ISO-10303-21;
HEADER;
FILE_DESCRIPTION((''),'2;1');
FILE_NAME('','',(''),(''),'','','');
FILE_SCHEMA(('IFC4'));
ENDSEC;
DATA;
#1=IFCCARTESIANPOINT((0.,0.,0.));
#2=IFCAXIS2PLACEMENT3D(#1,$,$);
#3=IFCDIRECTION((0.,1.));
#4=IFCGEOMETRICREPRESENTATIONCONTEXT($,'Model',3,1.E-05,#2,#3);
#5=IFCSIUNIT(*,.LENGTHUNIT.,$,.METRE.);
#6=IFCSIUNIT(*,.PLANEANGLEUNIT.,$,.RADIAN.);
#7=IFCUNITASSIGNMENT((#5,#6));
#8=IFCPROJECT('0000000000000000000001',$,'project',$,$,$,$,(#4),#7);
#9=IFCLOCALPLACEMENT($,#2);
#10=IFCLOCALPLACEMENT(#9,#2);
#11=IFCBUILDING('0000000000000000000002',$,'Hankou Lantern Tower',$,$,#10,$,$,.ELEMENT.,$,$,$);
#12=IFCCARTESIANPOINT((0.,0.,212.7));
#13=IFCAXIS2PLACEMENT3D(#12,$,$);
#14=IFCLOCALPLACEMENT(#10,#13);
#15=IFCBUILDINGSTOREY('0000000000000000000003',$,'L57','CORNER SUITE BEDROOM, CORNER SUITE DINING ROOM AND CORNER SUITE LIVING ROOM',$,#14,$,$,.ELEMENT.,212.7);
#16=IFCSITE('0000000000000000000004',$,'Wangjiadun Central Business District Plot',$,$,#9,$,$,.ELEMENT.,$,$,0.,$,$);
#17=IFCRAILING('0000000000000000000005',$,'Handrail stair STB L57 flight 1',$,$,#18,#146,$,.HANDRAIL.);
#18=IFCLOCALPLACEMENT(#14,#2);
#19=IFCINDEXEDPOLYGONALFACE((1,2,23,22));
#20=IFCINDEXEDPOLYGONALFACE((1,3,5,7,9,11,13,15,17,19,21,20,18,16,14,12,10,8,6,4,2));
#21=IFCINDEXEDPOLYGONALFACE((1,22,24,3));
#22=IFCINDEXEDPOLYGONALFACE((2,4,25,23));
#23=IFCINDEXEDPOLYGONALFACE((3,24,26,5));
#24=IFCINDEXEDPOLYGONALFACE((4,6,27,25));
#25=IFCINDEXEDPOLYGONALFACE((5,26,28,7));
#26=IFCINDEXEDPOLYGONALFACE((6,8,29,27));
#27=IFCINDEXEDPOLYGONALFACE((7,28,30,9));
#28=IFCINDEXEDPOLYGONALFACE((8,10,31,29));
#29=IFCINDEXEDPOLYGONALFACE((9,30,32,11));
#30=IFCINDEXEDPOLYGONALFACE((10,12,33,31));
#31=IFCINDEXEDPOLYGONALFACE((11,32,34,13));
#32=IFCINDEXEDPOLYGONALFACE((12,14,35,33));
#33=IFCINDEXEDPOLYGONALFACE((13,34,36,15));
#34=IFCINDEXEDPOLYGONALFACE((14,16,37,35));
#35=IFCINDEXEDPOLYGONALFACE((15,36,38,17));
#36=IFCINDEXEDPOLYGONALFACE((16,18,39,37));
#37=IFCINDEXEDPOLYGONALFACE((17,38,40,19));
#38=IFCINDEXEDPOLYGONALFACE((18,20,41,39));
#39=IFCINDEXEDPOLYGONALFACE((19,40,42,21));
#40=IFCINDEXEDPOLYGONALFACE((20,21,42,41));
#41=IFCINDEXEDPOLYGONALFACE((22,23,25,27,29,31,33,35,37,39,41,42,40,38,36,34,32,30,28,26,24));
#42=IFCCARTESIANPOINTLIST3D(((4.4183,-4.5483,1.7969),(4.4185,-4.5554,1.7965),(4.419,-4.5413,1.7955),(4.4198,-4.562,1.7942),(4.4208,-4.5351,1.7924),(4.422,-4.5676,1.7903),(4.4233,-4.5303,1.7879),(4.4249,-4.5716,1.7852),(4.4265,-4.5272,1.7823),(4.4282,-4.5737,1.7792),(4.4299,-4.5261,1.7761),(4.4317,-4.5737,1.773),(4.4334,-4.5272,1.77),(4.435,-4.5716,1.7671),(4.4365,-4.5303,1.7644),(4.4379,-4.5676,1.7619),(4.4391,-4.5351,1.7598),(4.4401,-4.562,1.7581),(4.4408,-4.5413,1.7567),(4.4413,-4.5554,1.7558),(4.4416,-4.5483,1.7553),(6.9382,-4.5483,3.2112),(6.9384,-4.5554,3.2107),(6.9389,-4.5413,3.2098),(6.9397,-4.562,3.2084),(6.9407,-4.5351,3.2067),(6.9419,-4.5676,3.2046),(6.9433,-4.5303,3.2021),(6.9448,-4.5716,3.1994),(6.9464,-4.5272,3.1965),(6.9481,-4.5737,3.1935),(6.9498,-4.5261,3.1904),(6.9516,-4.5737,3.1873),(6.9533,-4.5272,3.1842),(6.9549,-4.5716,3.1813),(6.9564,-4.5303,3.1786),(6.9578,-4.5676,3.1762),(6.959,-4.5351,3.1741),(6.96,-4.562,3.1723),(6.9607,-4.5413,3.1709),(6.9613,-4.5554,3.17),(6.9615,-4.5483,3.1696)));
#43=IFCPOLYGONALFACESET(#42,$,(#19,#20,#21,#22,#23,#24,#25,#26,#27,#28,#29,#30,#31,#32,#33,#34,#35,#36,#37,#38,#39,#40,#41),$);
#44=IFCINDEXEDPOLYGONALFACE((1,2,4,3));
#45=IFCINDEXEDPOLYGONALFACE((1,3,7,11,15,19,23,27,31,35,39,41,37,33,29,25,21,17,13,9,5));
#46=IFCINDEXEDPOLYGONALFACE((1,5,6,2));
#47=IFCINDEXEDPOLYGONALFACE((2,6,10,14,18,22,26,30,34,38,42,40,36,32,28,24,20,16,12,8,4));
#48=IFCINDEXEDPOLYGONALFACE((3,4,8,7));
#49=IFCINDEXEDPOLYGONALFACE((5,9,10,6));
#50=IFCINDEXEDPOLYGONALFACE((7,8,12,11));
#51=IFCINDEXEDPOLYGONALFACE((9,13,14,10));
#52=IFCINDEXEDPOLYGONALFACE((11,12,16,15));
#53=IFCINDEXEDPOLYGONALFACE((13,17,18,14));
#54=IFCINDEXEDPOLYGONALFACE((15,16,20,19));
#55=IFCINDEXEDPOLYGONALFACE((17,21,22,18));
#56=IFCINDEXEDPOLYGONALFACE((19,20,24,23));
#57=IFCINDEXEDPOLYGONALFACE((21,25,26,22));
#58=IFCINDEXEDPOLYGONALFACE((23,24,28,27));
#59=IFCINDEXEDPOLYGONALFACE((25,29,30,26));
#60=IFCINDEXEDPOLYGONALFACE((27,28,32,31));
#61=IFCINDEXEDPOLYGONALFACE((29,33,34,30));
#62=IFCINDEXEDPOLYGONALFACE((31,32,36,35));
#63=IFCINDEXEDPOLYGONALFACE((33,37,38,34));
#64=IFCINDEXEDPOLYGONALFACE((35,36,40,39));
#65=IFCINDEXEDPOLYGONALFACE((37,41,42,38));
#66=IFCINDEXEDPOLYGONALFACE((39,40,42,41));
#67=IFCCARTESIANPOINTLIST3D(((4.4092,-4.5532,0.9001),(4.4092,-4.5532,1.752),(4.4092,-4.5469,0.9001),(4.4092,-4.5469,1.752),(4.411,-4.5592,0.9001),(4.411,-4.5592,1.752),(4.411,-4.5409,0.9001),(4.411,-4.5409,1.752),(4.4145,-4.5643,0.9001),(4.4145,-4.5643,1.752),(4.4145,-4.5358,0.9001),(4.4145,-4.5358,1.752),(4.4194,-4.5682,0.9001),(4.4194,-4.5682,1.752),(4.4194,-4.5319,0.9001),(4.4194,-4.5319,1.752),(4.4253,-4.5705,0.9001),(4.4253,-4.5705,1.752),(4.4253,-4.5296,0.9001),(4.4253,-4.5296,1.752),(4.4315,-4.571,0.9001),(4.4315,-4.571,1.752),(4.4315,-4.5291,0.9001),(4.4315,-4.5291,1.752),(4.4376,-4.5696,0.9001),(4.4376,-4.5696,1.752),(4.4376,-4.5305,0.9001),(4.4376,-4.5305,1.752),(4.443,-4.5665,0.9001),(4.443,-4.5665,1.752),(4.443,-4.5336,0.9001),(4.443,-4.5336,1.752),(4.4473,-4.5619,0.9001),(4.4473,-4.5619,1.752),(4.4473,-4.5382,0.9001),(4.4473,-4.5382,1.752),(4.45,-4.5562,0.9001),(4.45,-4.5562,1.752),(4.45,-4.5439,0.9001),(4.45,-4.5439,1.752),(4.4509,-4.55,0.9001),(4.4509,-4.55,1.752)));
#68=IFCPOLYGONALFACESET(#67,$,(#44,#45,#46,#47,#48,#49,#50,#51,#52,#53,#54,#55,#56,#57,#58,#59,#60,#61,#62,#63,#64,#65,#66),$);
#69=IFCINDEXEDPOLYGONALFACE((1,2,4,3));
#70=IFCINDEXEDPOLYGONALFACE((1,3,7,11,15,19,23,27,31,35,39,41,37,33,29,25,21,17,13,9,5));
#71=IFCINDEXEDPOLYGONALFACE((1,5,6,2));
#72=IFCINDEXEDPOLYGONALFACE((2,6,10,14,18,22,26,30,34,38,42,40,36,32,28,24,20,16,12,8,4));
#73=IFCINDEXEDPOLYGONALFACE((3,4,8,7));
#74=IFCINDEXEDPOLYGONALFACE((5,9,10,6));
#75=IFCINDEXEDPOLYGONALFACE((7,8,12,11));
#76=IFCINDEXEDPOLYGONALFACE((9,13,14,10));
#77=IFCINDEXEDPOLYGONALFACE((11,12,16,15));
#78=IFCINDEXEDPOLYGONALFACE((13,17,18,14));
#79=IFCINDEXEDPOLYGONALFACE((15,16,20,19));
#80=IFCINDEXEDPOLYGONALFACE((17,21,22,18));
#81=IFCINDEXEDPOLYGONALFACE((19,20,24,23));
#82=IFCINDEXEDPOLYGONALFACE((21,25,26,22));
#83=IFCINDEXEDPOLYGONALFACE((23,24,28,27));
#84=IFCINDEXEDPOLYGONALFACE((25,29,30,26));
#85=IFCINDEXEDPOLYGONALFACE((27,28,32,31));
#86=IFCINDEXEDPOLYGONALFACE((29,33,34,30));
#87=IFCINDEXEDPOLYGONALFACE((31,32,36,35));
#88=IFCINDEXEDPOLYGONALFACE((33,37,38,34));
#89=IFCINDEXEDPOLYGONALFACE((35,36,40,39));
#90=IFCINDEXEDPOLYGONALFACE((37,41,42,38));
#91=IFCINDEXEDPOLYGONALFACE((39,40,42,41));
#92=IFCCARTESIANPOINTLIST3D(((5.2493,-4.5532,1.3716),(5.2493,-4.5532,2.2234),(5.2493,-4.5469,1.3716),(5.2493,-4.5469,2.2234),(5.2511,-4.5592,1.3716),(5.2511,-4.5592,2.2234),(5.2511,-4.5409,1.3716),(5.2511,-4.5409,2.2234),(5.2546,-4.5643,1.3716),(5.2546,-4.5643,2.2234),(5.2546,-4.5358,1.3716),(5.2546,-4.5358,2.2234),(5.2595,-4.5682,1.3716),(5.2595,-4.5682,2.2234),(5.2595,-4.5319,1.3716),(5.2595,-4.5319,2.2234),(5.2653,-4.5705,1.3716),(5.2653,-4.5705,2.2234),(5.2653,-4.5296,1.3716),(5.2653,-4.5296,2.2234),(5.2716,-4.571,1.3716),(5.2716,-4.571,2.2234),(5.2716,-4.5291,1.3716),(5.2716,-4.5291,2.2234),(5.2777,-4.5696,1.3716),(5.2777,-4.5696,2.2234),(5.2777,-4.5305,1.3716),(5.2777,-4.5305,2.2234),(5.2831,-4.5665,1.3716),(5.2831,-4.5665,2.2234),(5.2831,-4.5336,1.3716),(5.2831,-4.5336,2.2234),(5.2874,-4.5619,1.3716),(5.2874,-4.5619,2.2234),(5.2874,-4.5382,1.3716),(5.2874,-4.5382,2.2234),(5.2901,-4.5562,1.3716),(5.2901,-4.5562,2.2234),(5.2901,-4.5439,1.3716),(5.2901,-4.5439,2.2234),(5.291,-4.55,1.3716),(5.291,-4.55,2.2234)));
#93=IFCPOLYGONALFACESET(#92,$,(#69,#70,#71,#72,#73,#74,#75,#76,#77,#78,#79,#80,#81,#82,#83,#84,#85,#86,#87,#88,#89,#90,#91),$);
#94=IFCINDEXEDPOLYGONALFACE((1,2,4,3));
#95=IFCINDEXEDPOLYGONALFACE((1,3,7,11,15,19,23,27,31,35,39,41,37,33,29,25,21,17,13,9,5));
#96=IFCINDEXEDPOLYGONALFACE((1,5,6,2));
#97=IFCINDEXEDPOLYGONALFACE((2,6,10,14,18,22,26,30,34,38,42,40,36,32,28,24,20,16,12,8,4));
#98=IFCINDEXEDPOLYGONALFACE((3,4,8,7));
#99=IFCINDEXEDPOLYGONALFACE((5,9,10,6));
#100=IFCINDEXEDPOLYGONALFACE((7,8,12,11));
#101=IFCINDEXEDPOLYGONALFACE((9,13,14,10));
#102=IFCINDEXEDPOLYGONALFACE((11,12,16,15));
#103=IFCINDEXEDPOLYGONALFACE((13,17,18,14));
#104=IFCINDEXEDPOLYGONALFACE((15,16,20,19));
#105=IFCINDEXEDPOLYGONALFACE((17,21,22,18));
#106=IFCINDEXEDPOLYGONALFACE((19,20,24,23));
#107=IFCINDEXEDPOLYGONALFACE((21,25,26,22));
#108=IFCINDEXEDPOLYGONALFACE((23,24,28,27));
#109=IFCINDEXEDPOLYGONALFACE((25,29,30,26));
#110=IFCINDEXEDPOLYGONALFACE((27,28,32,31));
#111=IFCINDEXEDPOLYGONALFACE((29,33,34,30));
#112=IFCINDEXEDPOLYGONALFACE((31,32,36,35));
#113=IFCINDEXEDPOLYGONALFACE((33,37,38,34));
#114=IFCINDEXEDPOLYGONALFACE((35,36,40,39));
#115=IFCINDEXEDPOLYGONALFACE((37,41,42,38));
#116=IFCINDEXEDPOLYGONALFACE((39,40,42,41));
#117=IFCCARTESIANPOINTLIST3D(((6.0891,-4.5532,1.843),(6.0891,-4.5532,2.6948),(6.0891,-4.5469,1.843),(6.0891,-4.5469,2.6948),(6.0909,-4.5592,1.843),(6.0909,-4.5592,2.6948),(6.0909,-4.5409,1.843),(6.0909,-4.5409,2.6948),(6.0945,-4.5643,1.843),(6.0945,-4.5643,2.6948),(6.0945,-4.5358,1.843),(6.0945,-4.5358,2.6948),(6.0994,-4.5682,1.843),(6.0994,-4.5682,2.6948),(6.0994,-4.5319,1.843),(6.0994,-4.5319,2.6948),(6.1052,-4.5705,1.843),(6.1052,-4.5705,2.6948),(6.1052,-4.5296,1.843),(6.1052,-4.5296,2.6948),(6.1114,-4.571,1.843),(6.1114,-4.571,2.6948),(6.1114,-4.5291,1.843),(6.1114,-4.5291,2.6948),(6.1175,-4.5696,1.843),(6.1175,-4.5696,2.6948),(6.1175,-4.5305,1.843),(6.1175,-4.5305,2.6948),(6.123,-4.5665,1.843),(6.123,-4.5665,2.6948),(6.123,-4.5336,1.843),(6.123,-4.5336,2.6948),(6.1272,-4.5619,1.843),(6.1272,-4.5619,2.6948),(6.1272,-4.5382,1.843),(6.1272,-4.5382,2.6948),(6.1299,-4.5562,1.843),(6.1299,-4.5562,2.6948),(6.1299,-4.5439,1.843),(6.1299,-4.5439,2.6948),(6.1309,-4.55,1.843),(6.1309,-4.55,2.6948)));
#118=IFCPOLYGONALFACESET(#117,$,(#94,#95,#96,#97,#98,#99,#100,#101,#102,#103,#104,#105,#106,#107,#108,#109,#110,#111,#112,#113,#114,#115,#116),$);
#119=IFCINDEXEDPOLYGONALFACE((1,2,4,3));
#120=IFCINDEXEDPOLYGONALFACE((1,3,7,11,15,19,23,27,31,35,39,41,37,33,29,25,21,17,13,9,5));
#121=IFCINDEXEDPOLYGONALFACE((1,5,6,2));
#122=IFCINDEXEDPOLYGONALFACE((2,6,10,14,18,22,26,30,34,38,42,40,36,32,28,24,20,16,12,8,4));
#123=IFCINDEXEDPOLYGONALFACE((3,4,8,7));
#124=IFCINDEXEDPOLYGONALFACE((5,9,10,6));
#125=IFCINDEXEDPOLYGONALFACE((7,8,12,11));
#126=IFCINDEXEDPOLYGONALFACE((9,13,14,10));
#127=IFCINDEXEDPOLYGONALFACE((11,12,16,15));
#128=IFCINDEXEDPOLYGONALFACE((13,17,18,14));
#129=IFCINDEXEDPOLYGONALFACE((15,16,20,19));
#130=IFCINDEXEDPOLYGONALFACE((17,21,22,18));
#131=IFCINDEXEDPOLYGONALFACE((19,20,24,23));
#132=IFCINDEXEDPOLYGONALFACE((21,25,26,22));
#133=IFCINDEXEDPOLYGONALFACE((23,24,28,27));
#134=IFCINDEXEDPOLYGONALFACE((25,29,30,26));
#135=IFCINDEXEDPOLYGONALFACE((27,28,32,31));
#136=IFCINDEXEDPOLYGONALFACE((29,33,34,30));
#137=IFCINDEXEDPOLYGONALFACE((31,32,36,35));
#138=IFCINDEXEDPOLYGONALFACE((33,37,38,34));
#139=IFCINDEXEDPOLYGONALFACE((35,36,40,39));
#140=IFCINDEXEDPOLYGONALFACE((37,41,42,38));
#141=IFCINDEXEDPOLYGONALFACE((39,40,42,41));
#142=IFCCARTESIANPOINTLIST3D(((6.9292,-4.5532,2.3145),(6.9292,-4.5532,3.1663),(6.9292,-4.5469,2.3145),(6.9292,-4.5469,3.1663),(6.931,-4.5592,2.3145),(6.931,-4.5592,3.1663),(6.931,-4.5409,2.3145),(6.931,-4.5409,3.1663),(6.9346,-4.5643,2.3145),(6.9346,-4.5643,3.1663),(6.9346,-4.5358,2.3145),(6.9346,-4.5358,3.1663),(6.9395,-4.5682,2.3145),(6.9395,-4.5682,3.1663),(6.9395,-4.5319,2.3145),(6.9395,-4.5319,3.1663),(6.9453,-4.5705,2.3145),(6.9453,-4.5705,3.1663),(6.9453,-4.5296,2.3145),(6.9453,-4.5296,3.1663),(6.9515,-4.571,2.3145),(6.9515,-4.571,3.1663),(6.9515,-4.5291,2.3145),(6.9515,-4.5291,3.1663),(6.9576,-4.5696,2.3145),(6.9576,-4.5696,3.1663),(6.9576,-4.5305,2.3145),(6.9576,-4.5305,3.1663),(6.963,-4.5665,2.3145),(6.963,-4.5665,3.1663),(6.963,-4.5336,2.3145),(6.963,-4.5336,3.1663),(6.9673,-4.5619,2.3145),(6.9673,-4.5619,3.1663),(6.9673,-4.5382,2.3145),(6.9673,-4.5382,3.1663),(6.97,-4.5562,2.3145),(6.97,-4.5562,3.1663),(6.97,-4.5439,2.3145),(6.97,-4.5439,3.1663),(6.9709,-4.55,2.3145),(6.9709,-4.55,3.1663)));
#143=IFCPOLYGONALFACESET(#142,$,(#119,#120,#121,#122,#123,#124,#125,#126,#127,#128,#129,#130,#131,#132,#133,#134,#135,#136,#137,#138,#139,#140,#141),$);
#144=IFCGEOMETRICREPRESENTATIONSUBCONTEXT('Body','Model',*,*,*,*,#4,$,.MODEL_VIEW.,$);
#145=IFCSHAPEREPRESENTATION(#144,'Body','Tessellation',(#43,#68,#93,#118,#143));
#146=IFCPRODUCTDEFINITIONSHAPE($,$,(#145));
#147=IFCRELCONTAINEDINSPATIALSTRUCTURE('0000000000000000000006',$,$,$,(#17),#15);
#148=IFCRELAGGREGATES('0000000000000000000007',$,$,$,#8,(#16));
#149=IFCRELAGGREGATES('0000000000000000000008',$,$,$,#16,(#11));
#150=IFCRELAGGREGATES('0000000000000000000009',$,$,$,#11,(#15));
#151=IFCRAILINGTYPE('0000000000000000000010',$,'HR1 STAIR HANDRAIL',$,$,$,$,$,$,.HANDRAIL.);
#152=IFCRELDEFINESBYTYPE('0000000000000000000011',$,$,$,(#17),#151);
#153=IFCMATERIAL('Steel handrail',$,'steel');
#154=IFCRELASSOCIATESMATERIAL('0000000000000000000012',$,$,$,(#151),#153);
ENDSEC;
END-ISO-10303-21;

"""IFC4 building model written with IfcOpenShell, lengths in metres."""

from ifc_helpers import new_model, si_unit, direction, frame, origin, origin_2d, place, context, subcontext, project, spatial, circle, extrude, material, type_object, element, save


model = new_model("IFC4")

# Units and contexts
model_context = context("Model", 3, precision=1e-05, world=origin(), true_north=direction((0.0, 1.0)))
body_context = subcontext(model_context, "Body", "Model", "MODEL_VIEW")
ifc_project = project(units=[si_unit("LENGTHUNIT", "METRE"), si_unit("PLANEANGLEUNIT", "RADIAN")], contexts=[model_context])

# Site, building, storey
site_placement = place(None, origin())
site = spatial("IfcSite", under=ifc_project, at=site_placement, Name="Wangjiadun Central Business District Plot", CompositionType="ELEMENT", RefElevation=0.0)
building_placement = place(site_placement, origin())
building = spatial("IfcBuilding", under=site, at=building_placement, Name="Hankou Lantern Tower", CompositionType="ELEMENT")
storey_placement = place(building_placement, frame((0.0, 0.0, 212.7)))
storey = spatial("IfcBuildingStorey", under=building, at=storey_placement, Name="L57", Description="CORNER SUITE BEDROOM, CORNER SUITE DINING ROOM AND CORNER SUITE LIVING ROOM", CompositionType="ELEMENT", Elevation=212.7)

# Railing
ifc_material_1 = material(Name="Steel handrail", Category="steel")
railing_type = type_object("IfcRailingType", Name="HR1 STAIR HANDRAIL", PredefinedType="HANDRAIL", material=ifc_material_1)
railing_1_placement = place(storey_placement, frame((4.4299, -4.55, 0.9001)))
element("IfcRailing", 1, at=railing_1_placement, inside=storey, type_object=railing_type, Name="Handrail stair STB L57 flight 1", PredefinedType="HANDRAIL", context=body_context, shape_type="SweptSolid", body=[
    extrude(circle(Radius=0.0239, at=origin_2d()), frame((0.0, 0.0, 0.876), z_axis=(0.872049, 0.0, 0.489419), x_axis=(0.0, 1.0, 0.0)), (0.0, 0.0, 1.0), 2.8896),
    extrude(circle(Radius=0.021, at=origin_2d()), origin(), (0.0, 0.0, 1.0), 0.8518),
    extrude(circle(Radius=0.021, at=origin_2d()), frame((0.8401, 0.0, 0.4714)), (0.0, 0.0, 1.0), 0.8518),
    extrude(circle(Radius=0.021, at=origin_2d()), frame((1.6799, 0.0, 0.9429)), (0.0, 0.0, 1.0), 0.8518),
    extrude(circle(Radius=0.021, at=origin_2d()), frame((2.52, 0.0, 1.4143)), (0.0, 0.0, 1.0), 0.8518),
])

save(model, "model.ifc")
